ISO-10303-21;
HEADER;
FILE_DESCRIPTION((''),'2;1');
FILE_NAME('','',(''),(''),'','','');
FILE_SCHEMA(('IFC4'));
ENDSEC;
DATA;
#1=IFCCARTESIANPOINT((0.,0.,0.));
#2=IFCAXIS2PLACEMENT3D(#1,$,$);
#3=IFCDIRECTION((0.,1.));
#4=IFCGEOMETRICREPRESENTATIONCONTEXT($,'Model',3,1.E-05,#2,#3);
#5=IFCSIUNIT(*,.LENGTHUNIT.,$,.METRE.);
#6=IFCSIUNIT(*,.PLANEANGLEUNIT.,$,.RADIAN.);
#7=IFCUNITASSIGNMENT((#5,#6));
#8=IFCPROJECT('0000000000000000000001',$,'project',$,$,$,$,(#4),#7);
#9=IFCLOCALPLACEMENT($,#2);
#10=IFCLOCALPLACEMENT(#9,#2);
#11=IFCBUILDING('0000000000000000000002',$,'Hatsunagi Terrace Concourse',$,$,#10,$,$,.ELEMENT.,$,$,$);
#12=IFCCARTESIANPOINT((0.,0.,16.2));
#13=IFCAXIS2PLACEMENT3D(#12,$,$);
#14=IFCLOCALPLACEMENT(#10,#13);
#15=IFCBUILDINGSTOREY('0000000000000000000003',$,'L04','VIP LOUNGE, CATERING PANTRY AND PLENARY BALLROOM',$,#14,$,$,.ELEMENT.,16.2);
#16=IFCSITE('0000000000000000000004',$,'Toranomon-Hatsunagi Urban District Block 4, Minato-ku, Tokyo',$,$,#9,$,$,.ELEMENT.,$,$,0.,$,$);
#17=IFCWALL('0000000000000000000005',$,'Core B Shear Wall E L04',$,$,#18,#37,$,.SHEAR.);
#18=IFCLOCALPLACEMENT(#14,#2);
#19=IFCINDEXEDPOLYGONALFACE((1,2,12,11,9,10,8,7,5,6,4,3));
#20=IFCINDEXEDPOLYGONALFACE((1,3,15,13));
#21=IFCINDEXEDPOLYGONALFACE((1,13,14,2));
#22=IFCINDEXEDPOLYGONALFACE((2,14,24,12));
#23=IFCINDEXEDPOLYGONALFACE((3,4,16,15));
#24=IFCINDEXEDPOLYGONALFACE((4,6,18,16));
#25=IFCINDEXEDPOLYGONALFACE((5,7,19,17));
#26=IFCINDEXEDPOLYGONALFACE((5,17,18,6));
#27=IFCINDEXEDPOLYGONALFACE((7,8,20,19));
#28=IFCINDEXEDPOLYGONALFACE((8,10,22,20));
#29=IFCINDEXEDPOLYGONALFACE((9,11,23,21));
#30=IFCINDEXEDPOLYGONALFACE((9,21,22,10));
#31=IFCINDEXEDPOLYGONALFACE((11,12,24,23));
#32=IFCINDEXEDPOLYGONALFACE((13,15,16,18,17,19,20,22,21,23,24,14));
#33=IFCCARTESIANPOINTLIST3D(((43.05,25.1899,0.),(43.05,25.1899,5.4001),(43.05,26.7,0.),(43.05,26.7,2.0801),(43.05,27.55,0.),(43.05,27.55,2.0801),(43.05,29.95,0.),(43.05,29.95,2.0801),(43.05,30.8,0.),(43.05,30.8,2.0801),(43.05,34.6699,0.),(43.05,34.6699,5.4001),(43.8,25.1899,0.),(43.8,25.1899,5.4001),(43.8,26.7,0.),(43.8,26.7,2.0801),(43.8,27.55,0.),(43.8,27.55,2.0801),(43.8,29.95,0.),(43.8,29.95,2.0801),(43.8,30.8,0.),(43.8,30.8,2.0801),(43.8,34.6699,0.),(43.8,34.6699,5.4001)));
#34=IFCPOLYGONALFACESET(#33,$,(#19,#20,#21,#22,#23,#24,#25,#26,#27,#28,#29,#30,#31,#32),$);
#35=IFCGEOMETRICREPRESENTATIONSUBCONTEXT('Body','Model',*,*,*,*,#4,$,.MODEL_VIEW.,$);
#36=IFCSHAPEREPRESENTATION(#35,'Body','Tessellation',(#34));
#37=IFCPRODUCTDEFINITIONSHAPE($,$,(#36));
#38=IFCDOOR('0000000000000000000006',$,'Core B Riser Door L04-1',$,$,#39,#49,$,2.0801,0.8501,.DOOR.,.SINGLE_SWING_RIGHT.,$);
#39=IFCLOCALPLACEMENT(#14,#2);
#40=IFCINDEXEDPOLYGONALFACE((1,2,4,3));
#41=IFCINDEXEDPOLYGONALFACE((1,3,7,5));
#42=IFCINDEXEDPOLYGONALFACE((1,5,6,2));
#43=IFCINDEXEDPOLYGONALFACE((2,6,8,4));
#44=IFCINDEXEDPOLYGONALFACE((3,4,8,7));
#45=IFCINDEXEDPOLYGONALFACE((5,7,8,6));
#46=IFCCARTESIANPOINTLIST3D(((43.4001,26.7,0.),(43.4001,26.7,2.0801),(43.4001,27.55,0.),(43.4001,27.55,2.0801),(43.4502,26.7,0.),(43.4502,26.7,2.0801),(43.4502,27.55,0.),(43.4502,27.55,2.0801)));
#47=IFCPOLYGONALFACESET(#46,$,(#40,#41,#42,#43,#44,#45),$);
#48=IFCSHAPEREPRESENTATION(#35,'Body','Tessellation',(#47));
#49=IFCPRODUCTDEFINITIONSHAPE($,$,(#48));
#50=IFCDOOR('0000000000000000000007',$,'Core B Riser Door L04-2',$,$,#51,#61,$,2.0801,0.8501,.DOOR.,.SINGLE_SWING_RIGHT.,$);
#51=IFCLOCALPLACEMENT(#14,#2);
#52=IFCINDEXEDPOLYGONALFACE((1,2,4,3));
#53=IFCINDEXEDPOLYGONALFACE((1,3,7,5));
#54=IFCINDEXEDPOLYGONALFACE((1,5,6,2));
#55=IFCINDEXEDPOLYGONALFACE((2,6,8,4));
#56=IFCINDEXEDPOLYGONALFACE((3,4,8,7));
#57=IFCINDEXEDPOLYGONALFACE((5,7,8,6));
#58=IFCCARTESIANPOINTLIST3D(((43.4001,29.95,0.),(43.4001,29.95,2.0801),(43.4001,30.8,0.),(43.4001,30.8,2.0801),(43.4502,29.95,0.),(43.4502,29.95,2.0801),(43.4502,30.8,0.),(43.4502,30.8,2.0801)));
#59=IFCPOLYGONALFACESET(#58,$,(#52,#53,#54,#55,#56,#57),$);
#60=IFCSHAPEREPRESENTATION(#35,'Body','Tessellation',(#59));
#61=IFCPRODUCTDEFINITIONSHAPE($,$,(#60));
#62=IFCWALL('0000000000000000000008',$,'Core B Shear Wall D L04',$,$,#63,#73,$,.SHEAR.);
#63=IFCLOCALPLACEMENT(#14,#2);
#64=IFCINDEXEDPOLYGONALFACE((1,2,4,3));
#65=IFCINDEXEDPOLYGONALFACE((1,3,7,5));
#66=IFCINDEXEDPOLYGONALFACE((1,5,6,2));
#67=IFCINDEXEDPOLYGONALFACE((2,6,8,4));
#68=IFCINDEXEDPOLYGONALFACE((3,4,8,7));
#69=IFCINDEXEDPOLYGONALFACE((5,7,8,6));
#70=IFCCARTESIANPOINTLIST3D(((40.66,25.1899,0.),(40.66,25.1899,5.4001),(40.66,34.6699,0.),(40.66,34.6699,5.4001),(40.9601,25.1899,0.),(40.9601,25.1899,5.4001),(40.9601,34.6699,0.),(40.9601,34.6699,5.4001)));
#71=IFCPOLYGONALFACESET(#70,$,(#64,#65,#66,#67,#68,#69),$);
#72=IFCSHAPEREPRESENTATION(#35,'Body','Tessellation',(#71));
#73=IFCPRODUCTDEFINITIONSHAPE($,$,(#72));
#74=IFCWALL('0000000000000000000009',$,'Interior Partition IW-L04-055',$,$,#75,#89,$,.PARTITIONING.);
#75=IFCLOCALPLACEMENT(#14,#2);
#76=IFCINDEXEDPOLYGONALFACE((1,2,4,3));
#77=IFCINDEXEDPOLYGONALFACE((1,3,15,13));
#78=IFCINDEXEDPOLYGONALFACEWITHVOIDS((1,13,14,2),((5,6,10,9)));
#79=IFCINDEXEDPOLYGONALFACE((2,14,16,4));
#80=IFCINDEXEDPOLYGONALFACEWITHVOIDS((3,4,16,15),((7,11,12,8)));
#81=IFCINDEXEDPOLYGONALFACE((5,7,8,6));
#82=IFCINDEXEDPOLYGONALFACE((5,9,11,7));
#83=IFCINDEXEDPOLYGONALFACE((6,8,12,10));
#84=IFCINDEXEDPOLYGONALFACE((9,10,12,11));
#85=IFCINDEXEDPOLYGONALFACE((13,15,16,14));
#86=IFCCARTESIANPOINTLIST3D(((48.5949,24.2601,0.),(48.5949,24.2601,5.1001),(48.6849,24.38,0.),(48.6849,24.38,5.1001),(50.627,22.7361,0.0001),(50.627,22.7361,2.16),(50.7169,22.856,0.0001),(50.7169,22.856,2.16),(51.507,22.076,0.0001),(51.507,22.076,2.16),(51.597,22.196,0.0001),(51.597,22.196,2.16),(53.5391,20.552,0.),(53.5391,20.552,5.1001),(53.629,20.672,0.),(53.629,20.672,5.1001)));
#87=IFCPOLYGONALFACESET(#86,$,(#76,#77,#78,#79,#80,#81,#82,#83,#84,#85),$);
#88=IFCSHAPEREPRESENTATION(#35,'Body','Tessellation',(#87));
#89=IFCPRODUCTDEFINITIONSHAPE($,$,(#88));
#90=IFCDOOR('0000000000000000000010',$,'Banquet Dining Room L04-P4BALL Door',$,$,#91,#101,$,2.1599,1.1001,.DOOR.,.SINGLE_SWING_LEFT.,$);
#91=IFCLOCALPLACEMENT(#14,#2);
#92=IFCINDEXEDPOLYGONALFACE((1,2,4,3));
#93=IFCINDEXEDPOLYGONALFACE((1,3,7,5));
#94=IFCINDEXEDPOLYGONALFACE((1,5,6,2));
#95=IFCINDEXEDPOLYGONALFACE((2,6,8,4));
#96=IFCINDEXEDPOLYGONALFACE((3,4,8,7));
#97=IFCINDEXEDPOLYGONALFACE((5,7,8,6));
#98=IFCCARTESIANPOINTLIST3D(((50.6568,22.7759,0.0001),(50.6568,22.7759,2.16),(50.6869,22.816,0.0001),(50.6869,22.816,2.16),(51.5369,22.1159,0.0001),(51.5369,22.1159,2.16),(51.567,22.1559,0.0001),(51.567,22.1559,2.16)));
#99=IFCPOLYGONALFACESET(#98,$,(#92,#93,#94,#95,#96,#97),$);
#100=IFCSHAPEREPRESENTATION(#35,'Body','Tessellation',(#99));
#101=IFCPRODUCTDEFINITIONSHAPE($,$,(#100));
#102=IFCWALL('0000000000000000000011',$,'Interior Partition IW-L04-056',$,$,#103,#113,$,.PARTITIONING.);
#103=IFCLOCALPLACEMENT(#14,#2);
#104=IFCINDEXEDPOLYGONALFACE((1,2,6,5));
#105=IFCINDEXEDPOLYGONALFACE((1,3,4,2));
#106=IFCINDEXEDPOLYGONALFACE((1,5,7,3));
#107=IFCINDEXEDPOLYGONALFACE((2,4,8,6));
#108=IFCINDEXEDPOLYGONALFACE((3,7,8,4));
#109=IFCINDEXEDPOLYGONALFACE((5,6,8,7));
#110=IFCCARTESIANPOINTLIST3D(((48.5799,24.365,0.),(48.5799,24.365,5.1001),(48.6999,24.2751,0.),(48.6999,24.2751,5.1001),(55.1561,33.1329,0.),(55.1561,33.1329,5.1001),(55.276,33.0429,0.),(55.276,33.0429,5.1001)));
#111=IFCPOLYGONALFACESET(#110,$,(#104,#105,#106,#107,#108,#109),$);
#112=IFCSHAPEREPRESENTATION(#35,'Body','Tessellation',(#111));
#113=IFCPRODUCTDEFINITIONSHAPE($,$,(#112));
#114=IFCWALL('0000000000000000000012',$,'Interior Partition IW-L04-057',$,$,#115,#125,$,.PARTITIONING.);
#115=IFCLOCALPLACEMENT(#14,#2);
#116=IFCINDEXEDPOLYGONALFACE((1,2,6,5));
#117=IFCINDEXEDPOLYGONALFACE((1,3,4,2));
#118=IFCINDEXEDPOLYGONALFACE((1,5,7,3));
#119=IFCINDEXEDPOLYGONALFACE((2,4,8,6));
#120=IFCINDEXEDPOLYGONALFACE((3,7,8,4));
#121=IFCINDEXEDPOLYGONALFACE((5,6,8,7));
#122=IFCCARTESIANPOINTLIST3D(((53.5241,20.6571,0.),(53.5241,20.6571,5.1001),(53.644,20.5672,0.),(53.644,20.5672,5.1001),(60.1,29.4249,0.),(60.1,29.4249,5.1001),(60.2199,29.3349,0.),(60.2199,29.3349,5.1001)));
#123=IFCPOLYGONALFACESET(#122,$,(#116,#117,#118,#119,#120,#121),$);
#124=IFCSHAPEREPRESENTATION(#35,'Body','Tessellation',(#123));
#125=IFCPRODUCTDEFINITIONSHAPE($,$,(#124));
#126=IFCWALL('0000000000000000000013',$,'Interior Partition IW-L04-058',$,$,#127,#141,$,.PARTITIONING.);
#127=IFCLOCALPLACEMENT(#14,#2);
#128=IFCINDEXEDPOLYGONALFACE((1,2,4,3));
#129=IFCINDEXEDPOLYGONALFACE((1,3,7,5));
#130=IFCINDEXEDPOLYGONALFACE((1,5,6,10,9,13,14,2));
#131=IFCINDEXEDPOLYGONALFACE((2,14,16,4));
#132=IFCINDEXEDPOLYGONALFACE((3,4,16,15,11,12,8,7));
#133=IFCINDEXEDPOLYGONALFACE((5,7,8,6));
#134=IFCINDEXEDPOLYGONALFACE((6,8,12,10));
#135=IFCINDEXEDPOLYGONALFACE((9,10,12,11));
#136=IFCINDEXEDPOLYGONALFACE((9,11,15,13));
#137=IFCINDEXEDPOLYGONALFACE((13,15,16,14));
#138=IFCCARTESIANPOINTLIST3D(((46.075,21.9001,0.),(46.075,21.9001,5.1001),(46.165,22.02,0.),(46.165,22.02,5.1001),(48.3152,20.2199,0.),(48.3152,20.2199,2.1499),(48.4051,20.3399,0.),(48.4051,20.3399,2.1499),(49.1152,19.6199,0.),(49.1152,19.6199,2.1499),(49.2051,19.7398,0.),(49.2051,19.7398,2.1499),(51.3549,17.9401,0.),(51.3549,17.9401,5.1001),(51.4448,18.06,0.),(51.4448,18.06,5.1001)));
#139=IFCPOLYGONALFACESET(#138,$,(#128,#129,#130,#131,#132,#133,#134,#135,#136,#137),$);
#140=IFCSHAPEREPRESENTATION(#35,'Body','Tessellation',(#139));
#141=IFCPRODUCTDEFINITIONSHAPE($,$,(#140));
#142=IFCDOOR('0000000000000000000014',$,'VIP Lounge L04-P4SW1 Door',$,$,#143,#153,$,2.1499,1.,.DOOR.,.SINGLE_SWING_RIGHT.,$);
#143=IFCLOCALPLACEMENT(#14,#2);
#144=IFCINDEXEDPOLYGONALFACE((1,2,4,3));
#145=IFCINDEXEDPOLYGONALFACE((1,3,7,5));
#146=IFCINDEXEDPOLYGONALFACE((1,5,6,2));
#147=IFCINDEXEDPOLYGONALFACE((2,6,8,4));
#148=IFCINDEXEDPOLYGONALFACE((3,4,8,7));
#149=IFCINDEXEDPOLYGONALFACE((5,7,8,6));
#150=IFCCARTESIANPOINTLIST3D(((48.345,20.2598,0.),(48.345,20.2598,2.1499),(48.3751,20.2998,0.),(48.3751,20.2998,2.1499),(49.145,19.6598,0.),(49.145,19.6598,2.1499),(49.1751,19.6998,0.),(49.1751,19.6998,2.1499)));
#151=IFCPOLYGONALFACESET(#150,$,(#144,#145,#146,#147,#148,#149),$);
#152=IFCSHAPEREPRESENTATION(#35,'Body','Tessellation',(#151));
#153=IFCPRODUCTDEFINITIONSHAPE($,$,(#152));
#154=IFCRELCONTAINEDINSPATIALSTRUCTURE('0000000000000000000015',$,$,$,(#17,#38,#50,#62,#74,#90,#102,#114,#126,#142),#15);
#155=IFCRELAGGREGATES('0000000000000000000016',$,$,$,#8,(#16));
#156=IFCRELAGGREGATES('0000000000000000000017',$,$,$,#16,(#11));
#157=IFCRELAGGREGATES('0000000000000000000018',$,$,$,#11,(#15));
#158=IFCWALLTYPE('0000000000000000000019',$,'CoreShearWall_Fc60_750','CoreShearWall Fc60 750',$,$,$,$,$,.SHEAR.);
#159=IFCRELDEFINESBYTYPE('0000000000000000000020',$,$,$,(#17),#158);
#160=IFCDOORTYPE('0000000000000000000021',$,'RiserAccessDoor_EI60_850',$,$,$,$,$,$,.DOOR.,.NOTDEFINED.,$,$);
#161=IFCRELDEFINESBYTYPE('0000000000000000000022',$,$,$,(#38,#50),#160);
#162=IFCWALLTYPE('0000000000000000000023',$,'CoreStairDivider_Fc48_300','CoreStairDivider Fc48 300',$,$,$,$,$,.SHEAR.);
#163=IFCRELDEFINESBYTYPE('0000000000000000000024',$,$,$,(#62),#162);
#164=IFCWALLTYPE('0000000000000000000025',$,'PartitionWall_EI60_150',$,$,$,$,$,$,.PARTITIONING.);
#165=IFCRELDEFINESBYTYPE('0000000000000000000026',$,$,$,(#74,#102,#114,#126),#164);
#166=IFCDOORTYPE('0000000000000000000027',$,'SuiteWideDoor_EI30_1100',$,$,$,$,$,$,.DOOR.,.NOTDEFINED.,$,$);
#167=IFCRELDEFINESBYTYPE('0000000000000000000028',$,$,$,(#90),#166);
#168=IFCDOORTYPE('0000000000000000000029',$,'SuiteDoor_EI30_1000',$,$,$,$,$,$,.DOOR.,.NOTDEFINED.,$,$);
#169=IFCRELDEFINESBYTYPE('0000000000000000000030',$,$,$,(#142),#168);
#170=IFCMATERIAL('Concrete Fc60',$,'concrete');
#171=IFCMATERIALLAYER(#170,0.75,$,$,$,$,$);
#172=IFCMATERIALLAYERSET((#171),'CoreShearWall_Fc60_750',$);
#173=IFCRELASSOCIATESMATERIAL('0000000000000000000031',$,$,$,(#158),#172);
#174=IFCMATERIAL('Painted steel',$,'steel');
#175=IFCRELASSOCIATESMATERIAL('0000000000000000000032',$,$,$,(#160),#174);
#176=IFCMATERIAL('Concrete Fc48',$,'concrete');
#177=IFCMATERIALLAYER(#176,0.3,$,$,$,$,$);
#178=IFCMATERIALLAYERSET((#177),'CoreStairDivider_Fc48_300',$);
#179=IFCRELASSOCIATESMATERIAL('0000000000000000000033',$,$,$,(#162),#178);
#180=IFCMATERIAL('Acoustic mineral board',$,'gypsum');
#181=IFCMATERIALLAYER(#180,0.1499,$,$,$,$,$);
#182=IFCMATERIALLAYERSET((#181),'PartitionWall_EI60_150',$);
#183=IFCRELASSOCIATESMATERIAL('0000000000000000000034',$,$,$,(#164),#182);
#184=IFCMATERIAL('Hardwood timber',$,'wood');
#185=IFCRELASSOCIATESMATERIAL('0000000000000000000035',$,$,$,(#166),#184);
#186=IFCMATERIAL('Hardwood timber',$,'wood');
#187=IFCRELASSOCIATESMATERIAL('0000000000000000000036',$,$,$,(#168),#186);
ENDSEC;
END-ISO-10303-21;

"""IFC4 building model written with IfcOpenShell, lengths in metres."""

from ifc_helpers import new_model, si_unit, direction, frame, frame_2d, origin, place, context, subcontext, project, spatial, rectangle, extrude, material, layer, layer_set, type_object, element, fill, save


model = new_model("IFC4")

# Units and contexts
model_context = context("Model", 3, precision=1e-05, world=origin(), true_north=direction((0.0, 1.0)))
body_context = subcontext(model_context, "Body", "Model", "MODEL_VIEW")
ifc_project = project(units=[si_unit("LENGTHUNIT", "METRE"), si_unit("PLANEANGLEUNIT", "RADIAN")], contexts=[model_context])

# Site, building, storey
site_placement = place(None, origin())
site = spatial("IfcSite", under=ifc_project, at=site_placement, Name="Toranomon-Hatsunagi Urban District Block 4, Minato-ku, Tokyo", CompositionType="ELEMENT", RefElevation=0.0)
building_placement = place(site_placement, origin())
building = spatial("IfcBuilding", under=site, at=building_placement, Name="Hatsunagi Terrace Concourse", CompositionType="ELEMENT")
storey_placement = place(building_placement, frame((0.0, 0.0, 16.2)))
storey = spatial("IfcBuildingStorey", under=building, at=storey_placement, Name="L04", Description="VIP LOUNGE, CATERING PANTRY AND PLENARY BALLROOM", CompositionType="ELEMENT", Elevation=16.2)

# Shared definitions
ifc_material_1 = material(Name="Concrete Fc60", Category="concrete")
ifc_layer_1 = layer(ifc_material_1, 0.75)
ifc_layer_set_1 = layer_set([ifc_layer_1], Name="CoreShearWall_Fc60_750")
wall_type_1 = type_object("IfcWallType", Name="CoreShearWall_Fc60_750", Description="CoreShearWall Fc60 750", PredefinedType="SHEAR", material=ifc_layer_set_1)

# Wall, openings, doors
wall_1_placement = place(storey_placement, frame((43.425, 25.1899, 0.0), z_axis=(0.0, 0.0, 1.0), x_axis=(0.0, 1.0, 0.0)))
wall_1 = element("IfcWall", 1, at=wall_1_placement, inside=storey, type_object=wall_type_1, Name="Core B Shear Wall E L04", PredefinedType="SHEAR", context=body_context, shape_type="SweptSolid", body=[
    extrude(rectangle(XDim=9.48, YDim=0.75, at=frame_2d((4.74, 0.0))), origin(), (0.0, 0.0, 1.0), 5.4001),
])
opening_1_placement = place(wall_1_placement, frame((1.51, 0.0, 0.0)))
opening_1 = element("IfcOpeningElement", 2, at=opening_1_placement, cuts=wall_1, PredefinedType="OPENING", context=body_context, shape_type="SweptSolid", body=[
    extrude(rectangle(XDim=0.8501, YDim=2.0801, at=frame_2d((0.425, 1.04))), frame((0.0, 0.385, 0.0), z_axis=(0.0, -1.0, 0.0), x_axis=(1.0, 0.0, 0.0)), (0.0, 0.0, 1.0), 0.77),
])
opening_2_placement = place(wall_1_placement, frame((4.76, 0.0, 0.0)))
opening_2 = element("IfcOpeningElement", 3, at=opening_2_placement, cuts=wall_1, PredefinedType="OPENING", context=body_context, shape_type="SweptSolid", body=[
    extrude(rectangle(XDim=0.8501, YDim=2.0801, at=frame_2d((0.425, 1.04))), frame((0.0, 0.385, 0.0), z_axis=(0.0, -1.0, 0.0), x_axis=(1.0, 0.0, 0.0)), (0.0, 0.0, 1.0), 0.77),
])
ifc_material_2 = material(Name="Painted steel", Category="steel")
door_type_1 = type_object("IfcDoorType", Name="RiserAccessDoor_EI60_850", OperationType="NOTDEFINED", PredefinedType="DOOR", material=ifc_material_2)
door_1_placement = place(opening_1_placement, origin())
door_1 = element("IfcDoor", 4, at=door_1_placement, inside=storey, type_object=door_type_1, Name="Core B Riser Door L04-1", OperationType="SINGLE_SWING_RIGHT", OverallHeight=2.0801, OverallWidth=0.8501, PredefinedType="DOOR", context=body_context, shape_type="SweptSolid", body=[
    extrude(rectangle(XDim=0.8501, YDim=2.0801, at=frame_2d((0.425, 1.04))), frame((0.0, 0.0249, 0.0), z_axis=(0.0, -1.0, 0.0), x_axis=(1.0, 0.0, 0.0)), (0.0, 0.0, 1.0), 0.05),
])
fill(opening_1, door_1)
door_2_placement = place(opening_2_placement, origin())
door_2 = element("IfcDoor", 5, at=door_2_placement, inside=storey, type_object=door_type_1, Name="Core B Riser Door L04-2", OperationType="SINGLE_SWING_RIGHT", OverallHeight=2.0801, OverallWidth=0.8501, PredefinedType="DOOR", context=body_context, shape_type="SweptSolid", body=[
    extrude(rectangle(XDim=0.8501, YDim=2.0801, at=frame_2d((0.425, 1.04))), frame((0.0, 0.0249, 0.0), z_axis=(0.0, -1.0, 0.0), x_axis=(1.0, 0.0, 0.0)), (0.0, 0.0, 1.0), 0.05),
])
fill(opening_2, door_2)

# Wall
ifc_material_3 = material(Name="Concrete Fc48", Category="concrete")
ifc_layer_2 = layer(ifc_material_3, 0.3)
ifc_layer_set_2 = layer_set([ifc_layer_2], Name="CoreStairDivider_Fc48_300")
wall_type_2 = type_object("IfcWallType", Name="CoreStairDivider_Fc48_300", Description="CoreStairDivider Fc48 300", PredefinedType="SHEAR", material=ifc_layer_set_2)
wall_2_placement = place(storey_placement, frame((40.8101, 25.1899, 0.0), z_axis=(0.0, 0.0, 1.0), x_axis=(0.0, 1.0, 0.0)))
element("IfcWall", 6, at=wall_2_placement, inside=storey, type_object=wall_type_2, Name="Core B Shear Wall D L04", PredefinedType="SHEAR", context=body_context, shape_type="SweptSolid", body=[
    extrude(rectangle(XDim=9.48, YDim=0.3, at=frame_2d((4.74, 0.0))), origin(), (0.0, 0.0, 1.0), 5.4001),
])

# Wall, opening, door
ifc_material_4 = material(Name="Acoustic mineral board", Category="gypsum")
ifc_layer_3 = layer(ifc_material_4, 0.1499)
ifc_layer_set_3 = layer_set([ifc_layer_3], Name="PartitionWall_EI60_150")
wall_type_3 = type_object("IfcWallType", Name="PartitionWall_EI60_150", PredefinedType="PARTITIONING", material=ifc_layer_set_3)
wall_3_placement = place(storey_placement, frame((48.6399, 24.3201, 0.0), z_axis=(0.0, 0.0, 1.0), x_axis=(0.800005, -0.599994, 0.0)))
wall_3 = element("IfcWall", 7, at=wall_3_placement, inside=storey, type_object=wall_type_3, Name="Interior Partition IW-L04-055", PredefinedType="PARTITIONING", context=body_context, shape_type="SweptSolid", body=[
    extrude(rectangle(XDim=6.1802, YDim=0.1499, at=frame_2d((3.0901, 0.0))), origin(), (0.0, 0.0, 1.0), 5.1001),
])
opening_3_placement = place(wall_3_placement, frame((2.54, 0.0, 0.0)))
opening_3 = element("IfcOpeningElement", 8, at=opening_3_placement, cuts=wall_3, PredefinedType="OPENING", context=body_context, shape_type="SweptSolid", body=[
    extrude(rectangle(XDim=1.1001, YDim=2.1599, at=frame_2d((0.55, 1.0801))), frame((0.0, 0.085, 0.0), z_axis=(0.0, -1.0, 0.0), x_axis=(1.0, 0.0, 0.0)), (0.0, 0.0, 1.0), 0.1699),
])
ifc_material_5 = material(Name="Hardwood timber", Category="wood")
door_type_2 = type_object("IfcDoorType", Name="SuiteWideDoor_EI30_1100", OperationType="NOTDEFINED", PredefinedType="DOOR", material=ifc_material_5)
door_3_placement = place(opening_3_placement, origin())
door_3 = element("IfcDoor", 9, at=door_3_placement, inside=storey, type_object=door_type_2, Name="Banquet Dining Room L04-P4BALL Door", OperationType="SINGLE_SWING_LEFT", OverallHeight=2.1599, OverallWidth=1.1001, PredefinedType="DOOR", context=body_context, shape_type="SweptSolid", body=[
    extrude(rectangle(XDim=1.1001, YDim=2.1599, at=frame_2d((0.55, 1.0801))), frame((0.0, 0.0249, 0.0), z_axis=(0.0, -1.0, 0.0), x_axis=(1.0, 0.0, 0.0)), (0.0, 0.0, 1.0), 0.05),
])
fill(opening_3, door_3)

# Walls
wall_4_placement = place(storey_placement, frame((48.6399, 24.3201, 0.0), z_axis=(0.0, 0.0, 1.0), x_axis=(0.600018, 0.799987, 0.0)))
element("IfcWall", 10, at=wall_4_placement, inside=storey, type_object=wall_type_3, Name="Interior Partition IW-L04-056", PredefinedType="PARTITIONING", context=body_context, shape_type="SweptSolid", body=[
    extrude(rectangle(XDim=10.96, YDim=0.1499, at=frame_2d((5.48, 0.0))), origin(), (0.0, 0.0, 1.0), 5.1001),
])
wall_5_placement = place(storey_placement, frame((53.584, 20.6121, 0.0), z_axis=(0.0, 0.0, 1.0), x_axis=(0.600004, 0.799997, 0.0)))
element("IfcWall", 11, at=wall_5_placement, inside=storey, type_object=wall_type_3, Name="Interior Partition IW-L04-057", PredefinedType="PARTITIONING", context=body_context, shape_type="SweptSolid", body=[
    extrude(rectangle(XDim=10.9597, YDim=0.1499, at=frame_2d((5.48, 0.0))), origin(), (0.0, 0.0, 1.0), 5.1001),
])

# Wall, opening, door
wall_6_placement = place(storey_placement, frame((46.1201, 21.96, 0.0), z_axis=(0.0, 0.0, 1.0), x_axis=(0.799991, -0.600012, 0.0)))
wall_6 = element("IfcWall", 12, at=wall_6_placement, inside=storey, type_object=wall_type_3, Name="Interior Partition IW-L04-058", PredefinedType="PARTITIONING", context=body_context, shape_type="SweptSolid", body=[
    extrude(rectangle(XDim=6.5999, YDim=0.1499, at=frame_2d((3.2998, 0.0))), origin(), (0.0, 0.0, 1.0), 5.1001),
])
opening_4_placement = place(wall_6_placement, frame((2.8, 0.0, 0.0)))
opening_4 = element("IfcOpeningElement", 13, at=opening_4_placement, cuts=wall_6, PredefinedType="OPENING", context=body_context, shape_type="SweptSolid", body=[
    extrude(rectangle(XDim=1.0, YDim=2.1499, at=frame_2d((0.5, 1.075))), frame((0.0, 0.085, 0.0), z_axis=(0.0, -1.0, 0.0), x_axis=(1.0, 0.0, 0.0)), (0.0, 0.0, 1.0), 0.1699),
])
ifc_material_6 = material(Name="Hardwood timber", Category="wood")
door_type_3 = type_object("IfcDoorType", Name="SuiteDoor_EI30_1000", OperationType="NOTDEFINED", PredefinedType="DOOR", material=ifc_material_6)
door_4_placement = place(opening_4_placement, origin())
door_4 = element("IfcDoor", 14, at=door_4_placement, inside=storey, type_object=door_type_3, Name="VIP Lounge L04-P4SW1 Door", OperationType="SINGLE_SWING_RIGHT", OverallHeight=2.1499, OverallWidth=1.0, PredefinedType="DOOR", context=body_context, shape_type="SweptSolid", body=[
    extrude(rectangle(XDim=1.0, YDim=2.1499, at=frame_2d((0.5, 1.075))), frame((0.0, 0.0249, 0.0), z_axis=(0.0, -1.0, 0.0), x_axis=(1.0, 0.0, 0.0)), (0.0, 0.0, 1.0), 0.05),
])
fill(opening_4, door_4)

save(model, "model.ifc")
